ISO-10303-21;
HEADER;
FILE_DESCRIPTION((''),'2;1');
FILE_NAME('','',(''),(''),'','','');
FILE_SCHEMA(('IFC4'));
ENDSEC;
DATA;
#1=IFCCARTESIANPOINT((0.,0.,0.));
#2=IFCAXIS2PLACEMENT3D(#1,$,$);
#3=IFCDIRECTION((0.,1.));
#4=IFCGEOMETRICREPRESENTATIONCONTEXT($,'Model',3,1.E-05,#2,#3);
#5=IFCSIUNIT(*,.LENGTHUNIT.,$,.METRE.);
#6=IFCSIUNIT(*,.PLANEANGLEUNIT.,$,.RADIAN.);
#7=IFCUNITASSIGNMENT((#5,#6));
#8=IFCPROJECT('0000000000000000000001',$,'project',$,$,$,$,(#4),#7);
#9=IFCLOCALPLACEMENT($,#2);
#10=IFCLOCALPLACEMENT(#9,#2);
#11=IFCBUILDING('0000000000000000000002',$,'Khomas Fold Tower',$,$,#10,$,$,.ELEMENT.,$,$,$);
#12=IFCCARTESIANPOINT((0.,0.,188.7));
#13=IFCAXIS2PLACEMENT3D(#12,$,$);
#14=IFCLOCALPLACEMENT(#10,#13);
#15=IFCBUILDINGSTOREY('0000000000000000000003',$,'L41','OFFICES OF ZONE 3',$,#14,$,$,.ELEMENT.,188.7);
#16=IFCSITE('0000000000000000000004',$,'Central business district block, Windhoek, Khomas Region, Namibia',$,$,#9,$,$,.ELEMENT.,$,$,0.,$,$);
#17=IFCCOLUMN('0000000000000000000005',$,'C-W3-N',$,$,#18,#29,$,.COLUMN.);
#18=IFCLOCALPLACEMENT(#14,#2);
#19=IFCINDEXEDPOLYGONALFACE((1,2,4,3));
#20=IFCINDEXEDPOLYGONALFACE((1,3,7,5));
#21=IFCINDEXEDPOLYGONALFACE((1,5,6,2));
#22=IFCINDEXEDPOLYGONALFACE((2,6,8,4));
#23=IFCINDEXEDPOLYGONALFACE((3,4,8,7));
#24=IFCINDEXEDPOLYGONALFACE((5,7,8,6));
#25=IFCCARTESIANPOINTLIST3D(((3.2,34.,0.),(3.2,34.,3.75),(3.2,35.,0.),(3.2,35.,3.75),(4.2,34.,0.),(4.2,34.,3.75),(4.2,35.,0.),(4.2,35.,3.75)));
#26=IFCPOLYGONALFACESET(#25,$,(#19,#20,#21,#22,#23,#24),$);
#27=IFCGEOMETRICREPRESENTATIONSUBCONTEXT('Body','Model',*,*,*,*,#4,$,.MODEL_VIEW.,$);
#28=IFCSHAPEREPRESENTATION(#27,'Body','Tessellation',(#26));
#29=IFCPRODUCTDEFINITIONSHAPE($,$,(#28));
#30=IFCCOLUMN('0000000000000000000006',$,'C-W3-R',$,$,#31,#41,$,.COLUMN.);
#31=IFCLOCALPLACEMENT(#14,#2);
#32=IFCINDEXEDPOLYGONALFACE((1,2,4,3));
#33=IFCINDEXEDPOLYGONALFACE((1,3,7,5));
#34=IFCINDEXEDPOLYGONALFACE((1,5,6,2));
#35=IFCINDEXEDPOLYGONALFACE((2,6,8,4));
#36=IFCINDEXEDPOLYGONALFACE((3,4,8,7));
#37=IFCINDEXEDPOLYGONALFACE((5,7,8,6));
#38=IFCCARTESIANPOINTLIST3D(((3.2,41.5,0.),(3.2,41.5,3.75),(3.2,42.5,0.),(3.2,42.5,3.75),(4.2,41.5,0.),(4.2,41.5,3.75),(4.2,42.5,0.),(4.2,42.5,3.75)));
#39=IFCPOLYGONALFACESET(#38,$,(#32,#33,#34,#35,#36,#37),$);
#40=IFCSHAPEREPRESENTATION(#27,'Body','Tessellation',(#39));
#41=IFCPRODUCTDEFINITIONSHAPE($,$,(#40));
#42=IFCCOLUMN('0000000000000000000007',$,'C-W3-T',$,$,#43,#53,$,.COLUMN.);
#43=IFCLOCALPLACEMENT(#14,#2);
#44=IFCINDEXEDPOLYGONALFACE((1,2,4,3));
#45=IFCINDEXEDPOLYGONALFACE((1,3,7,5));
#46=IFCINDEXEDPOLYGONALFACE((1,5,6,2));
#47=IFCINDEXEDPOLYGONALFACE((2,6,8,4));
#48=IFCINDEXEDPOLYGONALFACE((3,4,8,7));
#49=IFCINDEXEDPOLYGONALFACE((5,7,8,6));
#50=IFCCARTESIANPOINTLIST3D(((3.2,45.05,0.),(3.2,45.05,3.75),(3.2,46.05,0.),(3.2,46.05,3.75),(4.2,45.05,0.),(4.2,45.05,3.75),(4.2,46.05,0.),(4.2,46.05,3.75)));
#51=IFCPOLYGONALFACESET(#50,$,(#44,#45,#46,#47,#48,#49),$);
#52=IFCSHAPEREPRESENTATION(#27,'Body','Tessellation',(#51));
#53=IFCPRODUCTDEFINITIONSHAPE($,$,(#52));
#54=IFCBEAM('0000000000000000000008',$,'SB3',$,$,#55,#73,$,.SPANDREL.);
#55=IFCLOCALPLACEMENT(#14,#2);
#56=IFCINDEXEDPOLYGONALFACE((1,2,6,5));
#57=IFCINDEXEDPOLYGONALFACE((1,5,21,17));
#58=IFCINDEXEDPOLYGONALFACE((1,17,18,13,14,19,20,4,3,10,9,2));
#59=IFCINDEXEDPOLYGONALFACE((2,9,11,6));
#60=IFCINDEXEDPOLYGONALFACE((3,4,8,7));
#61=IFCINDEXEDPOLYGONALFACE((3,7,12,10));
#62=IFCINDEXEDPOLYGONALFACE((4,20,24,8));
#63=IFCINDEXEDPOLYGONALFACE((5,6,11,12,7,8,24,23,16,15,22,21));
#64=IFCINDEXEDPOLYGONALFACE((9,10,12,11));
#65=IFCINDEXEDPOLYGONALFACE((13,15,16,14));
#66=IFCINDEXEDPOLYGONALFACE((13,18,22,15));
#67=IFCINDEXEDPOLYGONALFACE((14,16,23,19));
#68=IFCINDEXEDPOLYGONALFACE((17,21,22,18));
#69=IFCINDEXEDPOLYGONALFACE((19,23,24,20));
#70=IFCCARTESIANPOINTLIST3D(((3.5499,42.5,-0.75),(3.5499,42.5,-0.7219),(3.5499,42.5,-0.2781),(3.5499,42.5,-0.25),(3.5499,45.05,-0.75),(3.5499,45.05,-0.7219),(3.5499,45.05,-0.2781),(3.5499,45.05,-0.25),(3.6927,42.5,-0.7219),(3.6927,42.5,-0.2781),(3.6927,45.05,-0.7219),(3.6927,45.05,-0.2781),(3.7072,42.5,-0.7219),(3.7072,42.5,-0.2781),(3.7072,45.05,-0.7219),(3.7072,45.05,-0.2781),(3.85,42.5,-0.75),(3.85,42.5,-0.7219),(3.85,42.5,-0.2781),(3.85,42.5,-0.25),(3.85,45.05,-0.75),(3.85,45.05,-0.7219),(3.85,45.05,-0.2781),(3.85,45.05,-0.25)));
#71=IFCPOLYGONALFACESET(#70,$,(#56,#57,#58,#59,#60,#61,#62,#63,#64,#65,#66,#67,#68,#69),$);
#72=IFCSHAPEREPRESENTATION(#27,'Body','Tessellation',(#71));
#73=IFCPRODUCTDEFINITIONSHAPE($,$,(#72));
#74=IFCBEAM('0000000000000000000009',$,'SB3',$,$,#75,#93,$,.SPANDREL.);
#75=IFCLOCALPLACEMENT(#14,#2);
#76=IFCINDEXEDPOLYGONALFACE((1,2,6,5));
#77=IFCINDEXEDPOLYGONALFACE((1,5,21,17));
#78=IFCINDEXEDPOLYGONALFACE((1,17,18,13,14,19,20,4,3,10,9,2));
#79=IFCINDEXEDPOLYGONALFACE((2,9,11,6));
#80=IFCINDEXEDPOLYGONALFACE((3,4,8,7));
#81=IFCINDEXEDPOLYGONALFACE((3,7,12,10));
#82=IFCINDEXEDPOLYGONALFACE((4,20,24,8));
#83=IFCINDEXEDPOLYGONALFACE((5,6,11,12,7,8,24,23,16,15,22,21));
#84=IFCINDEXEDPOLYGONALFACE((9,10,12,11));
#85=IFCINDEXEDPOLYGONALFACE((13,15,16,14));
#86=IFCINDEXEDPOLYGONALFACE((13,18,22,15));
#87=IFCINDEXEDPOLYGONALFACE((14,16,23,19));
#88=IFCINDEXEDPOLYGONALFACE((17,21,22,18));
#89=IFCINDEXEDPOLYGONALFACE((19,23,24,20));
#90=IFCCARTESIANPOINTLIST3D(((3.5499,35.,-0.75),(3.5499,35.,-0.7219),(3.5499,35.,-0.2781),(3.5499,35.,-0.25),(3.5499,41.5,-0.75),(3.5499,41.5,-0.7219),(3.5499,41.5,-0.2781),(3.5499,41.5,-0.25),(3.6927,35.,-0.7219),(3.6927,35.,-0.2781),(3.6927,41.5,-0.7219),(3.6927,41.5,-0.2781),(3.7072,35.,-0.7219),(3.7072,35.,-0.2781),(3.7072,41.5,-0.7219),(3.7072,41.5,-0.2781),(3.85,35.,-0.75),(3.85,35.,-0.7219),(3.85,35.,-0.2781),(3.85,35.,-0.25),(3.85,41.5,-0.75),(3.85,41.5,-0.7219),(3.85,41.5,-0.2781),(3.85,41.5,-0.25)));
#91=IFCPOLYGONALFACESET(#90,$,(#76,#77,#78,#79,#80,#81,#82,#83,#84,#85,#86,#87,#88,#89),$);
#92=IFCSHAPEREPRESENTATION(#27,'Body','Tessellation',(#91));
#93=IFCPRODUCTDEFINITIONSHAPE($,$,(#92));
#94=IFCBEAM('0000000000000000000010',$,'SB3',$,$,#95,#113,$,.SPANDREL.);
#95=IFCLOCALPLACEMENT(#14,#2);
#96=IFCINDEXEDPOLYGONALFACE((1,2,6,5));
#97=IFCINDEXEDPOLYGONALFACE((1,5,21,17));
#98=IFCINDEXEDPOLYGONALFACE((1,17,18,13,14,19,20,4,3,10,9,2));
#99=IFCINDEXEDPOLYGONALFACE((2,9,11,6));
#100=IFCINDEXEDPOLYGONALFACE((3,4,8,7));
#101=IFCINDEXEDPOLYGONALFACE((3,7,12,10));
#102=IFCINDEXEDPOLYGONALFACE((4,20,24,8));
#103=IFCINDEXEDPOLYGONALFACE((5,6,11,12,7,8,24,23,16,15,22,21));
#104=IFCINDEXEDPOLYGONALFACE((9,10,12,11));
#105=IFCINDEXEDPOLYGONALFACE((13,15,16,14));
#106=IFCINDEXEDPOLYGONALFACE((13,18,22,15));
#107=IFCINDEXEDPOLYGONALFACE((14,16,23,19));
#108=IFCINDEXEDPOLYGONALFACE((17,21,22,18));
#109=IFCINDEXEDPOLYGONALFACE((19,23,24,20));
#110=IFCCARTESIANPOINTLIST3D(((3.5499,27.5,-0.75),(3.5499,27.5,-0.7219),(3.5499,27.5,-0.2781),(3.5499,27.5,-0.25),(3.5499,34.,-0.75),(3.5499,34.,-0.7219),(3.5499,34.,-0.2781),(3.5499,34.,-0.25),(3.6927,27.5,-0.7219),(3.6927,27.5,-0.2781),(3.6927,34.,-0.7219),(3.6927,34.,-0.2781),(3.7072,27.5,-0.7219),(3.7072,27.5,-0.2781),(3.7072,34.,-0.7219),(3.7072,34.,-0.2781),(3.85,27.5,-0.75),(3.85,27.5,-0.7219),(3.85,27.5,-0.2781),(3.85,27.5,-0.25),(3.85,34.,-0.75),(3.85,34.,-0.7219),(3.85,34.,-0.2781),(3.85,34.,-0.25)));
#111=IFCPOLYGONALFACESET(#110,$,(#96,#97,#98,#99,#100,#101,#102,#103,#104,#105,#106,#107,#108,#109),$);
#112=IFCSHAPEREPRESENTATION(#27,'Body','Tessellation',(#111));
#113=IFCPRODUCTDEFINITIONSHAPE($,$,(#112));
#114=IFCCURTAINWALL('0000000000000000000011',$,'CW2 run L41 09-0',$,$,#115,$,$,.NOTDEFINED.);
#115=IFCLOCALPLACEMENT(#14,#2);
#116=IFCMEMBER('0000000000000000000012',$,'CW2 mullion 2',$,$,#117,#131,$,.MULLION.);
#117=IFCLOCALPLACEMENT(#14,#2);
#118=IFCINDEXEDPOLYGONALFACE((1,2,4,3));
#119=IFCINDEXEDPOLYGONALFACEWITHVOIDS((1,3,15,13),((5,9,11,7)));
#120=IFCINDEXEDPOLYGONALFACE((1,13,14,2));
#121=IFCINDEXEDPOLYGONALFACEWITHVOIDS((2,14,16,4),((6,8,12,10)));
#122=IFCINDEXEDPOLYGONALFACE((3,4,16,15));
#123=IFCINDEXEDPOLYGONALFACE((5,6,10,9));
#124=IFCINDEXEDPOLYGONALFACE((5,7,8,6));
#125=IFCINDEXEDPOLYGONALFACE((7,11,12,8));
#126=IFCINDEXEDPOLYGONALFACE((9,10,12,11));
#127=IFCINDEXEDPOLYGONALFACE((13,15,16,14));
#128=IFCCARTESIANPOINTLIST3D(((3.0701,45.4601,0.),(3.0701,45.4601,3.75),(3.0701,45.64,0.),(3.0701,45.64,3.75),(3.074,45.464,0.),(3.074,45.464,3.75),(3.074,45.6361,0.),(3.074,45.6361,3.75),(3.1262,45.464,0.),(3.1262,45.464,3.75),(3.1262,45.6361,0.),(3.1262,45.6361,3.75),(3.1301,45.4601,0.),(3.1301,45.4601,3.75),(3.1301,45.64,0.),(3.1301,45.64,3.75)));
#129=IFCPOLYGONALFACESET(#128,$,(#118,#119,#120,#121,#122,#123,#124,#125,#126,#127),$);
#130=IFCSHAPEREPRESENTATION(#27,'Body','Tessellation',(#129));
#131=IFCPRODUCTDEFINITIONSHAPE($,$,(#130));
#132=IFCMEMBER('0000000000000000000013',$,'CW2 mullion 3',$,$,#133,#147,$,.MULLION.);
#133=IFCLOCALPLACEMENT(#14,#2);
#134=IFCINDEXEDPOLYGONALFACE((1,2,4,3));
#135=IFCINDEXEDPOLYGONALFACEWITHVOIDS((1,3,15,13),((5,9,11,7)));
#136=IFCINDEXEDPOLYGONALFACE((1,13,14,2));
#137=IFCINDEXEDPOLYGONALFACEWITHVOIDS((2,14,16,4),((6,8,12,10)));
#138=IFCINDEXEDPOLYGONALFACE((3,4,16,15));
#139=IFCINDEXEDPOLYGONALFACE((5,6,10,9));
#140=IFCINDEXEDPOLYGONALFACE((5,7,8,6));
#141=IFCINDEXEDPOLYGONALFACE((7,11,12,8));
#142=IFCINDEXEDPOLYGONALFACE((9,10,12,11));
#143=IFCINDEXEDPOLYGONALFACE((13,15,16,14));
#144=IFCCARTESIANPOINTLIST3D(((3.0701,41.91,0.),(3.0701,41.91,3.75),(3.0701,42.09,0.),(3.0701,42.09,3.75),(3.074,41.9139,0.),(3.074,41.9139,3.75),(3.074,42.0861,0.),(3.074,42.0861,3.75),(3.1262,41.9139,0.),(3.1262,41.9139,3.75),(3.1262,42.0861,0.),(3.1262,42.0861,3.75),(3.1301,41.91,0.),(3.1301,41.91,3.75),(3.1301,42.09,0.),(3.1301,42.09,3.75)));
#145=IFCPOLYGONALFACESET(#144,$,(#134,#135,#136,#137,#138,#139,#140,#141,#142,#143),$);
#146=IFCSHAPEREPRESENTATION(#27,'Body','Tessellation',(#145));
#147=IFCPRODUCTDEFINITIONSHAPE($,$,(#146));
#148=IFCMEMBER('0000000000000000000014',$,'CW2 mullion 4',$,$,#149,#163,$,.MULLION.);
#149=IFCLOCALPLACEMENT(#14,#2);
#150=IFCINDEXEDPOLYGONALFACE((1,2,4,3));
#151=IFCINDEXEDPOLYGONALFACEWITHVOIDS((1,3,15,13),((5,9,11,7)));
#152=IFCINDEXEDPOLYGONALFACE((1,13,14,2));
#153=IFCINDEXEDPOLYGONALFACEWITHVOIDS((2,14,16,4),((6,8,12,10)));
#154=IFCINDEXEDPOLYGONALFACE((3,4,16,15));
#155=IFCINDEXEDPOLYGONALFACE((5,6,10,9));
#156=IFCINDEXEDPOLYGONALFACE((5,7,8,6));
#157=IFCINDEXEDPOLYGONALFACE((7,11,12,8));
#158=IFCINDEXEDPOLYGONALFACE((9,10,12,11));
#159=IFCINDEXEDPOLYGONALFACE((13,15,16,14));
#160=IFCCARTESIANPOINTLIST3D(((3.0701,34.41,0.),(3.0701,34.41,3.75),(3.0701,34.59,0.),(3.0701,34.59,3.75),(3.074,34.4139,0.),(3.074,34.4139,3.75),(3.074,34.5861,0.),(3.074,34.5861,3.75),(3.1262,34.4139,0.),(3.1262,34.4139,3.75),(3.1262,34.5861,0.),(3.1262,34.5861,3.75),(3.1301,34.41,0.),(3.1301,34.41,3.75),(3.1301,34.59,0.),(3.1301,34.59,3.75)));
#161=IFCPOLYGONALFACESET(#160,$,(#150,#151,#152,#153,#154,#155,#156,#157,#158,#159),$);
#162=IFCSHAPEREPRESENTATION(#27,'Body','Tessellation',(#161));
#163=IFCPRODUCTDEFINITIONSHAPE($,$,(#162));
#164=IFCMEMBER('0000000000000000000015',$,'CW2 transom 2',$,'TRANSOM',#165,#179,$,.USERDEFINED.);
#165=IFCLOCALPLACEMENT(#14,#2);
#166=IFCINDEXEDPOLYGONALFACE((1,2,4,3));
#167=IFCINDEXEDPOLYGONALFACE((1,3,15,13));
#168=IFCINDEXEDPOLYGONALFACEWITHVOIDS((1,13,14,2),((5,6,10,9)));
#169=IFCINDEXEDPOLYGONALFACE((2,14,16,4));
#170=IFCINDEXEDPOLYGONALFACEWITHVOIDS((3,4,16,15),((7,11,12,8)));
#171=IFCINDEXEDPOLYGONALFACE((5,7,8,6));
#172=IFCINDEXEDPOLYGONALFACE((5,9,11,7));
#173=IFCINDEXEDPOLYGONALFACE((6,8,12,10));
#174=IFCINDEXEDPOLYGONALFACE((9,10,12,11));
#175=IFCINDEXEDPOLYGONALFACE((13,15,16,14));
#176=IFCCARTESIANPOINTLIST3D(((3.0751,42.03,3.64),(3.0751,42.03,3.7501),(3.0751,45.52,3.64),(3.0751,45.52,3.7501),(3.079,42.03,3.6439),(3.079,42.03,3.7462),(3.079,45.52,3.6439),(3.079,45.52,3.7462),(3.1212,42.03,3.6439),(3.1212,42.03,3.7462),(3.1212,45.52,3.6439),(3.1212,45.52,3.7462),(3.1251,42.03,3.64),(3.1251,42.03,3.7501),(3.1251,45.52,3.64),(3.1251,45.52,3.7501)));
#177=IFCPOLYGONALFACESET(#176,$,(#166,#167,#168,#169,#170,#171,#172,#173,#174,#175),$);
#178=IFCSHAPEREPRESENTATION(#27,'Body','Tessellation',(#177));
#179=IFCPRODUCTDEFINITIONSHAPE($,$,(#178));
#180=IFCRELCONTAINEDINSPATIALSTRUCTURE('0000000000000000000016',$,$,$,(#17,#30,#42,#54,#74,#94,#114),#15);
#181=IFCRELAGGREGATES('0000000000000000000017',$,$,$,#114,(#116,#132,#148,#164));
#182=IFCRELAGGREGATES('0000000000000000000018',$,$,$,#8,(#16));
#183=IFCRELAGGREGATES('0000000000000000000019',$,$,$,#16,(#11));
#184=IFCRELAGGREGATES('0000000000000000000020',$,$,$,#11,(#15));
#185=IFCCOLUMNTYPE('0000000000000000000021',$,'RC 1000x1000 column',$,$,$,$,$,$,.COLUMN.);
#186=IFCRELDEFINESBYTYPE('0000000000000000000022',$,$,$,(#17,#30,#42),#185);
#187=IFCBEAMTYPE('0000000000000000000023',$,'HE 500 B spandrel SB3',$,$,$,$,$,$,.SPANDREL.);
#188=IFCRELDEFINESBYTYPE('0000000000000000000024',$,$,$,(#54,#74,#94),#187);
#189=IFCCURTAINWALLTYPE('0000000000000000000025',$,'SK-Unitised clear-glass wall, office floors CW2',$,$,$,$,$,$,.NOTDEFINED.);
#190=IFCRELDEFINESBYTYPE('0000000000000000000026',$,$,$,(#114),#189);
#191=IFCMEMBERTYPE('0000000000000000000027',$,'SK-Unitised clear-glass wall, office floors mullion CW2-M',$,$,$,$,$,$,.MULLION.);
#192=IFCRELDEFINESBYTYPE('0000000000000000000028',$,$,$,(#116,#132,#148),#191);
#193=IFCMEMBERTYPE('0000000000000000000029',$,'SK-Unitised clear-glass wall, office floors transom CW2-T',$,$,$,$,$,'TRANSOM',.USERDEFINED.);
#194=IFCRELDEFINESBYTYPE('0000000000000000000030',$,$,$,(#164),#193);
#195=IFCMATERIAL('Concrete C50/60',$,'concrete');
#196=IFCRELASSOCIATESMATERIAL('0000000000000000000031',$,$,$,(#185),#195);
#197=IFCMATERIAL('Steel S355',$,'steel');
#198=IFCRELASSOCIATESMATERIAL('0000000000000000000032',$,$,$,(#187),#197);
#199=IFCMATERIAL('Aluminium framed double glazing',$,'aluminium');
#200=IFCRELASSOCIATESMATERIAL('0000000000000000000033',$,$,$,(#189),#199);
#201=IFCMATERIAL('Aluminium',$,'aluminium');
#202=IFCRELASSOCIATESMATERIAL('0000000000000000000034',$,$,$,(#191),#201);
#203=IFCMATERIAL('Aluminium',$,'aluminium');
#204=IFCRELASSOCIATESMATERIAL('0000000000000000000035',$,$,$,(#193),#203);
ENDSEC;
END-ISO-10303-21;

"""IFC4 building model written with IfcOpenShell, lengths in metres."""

from ifc_helpers import new_model, si_unit, direction, frame, origin, origin_2d, place, context, subcontext, project, spatial, rectangle, hollow_rectangle, i_section, extrude, source, transform, mapped, material, material_profile, profile_set, type_object, element, aggregate, save


model = new_model("IFC4")

# Units and contexts
model_context = context("Model", 3, precision=1e-05, world=origin(), true_north=direction((0.0, 1.0)))
body_context = subcontext(model_context, "Body", "Model", "MODEL_VIEW")
ifc_project = project(units=[si_unit("LENGTHUNIT", "METRE"), si_unit("PLANEANGLEUNIT", "RADIAN")], contexts=[model_context])

# Site, building, storey
site_placement = place(None, origin())
site = spatial("IfcSite", under=ifc_project, at=site_placement, Name="Central business district block, Windhoek, Khomas Region, Namibia", CompositionType="ELEMENT", RefElevation=0.0)
building_placement = place(site_placement, origin())
building = spatial("IfcBuilding", under=site, at=building_placement, Name="Khomas Fold Tower", CompositionType="ELEMENT")
storey_placement = place(building_placement, frame((0.0, 0.0, 188.7)))
storey = spatial("IfcBuildingStorey", under=building, at=storey_placement, Name="L41", Description="OFFICES OF ZONE 3", CompositionType="ELEMENT", Elevation=188.7)

# Columns
ifc_material_1 = material(Name="Concrete C50/60", Category="concrete")
ifc_material_profile_1 = material_profile(ifc_material_1, rectangle(XDim=1.0, YDim=1.0, at=origin_2d()), Name="RC 1000x1000")
ifc_profile_set_1 = profile_set([ifc_material_profile_1], Name="Concrete C50/60")
column_type = type_object("IfcColumnType", Name="RC 1000x1000 column", PredefinedType="COLUMN", material=ifc_profile_set_1)
shared_shape_1 = source(origin(), body_context, "Body", "SweptSolid", [
    extrude(rectangle(XDim=1.0, YDim=1.0, at=origin_2d()), origin(), (0.0, 0.0, 1.0), 3.75),
])
for number, where, z_axis, x_axis, name in (
    (1, (3.7, 34.5, 0.0), (0.0, 0.0, 1.0), (1.0, 0.0, 0.0), "C-W3-N"),
    (2, (3.7, 42.0, 0.0), (0.0, 0.0, 1.0), (1.0, 0.0, 0.0), "C-W3-R"),
    (3, (3.7, 45.55, 0.0), (0.0, 0.0, 1.0), (1.0, 0.0, 0.0), "C-W3-T"),
):
    element("IfcColumn", number, at=place(storey_placement, frame(where, z_axis=z_axis, x_axis=x_axis)), inside=storey, type_object=column_type, Name=name, PredefinedType="COLUMN", context=body_context, shape_type="MappedRepresentation", body=[
        mapped(shared_shape_1, transform((0.0, 0.0, 0.0))),
    ])

# Beams
ifc_material_2 = material(Name="Steel S355", Category="steel")
ifc_material_profile_2 = material_profile(ifc_material_2, i_section(OverallWidth=0.3, OverallDepth=0.5, WebThickness=0.0144, FlangeThickness=0.0281, at=origin_2d()), Name="HE 500 B")
ifc_profile_set_2 = profile_set([ifc_material_profile_2], Name="Steel S355")
beam_type = type_object("IfcBeamType", Name="HE 500 B spandrel SB3", PredefinedType="SPANDREL", material=ifc_profile_set_2)
shared_shape_2 = source(origin(), body_context, "Body", "SweptSolid", [
    extrude(i_section(OverallWidth=0.3, OverallDepth=0.5, WebThickness=0.0144, FlangeThickness=0.0281, at=origin_2d()), origin(), (0.0, 0.0, 1.0), 2.55),
])
beam_placement = place(storey_placement, frame((3.7, 42.5, -0.5), z_axis=(0.0, 1.0, 0.0), x_axis=(-1.0, 0.0, 0.0)))
element("IfcBeam", 4, at=beam_placement, inside=storey, type_object=beam_type, Name="SB3", PredefinedType="SPANDREL", context=body_context, shape_type="MappedRepresentation", body=[
    mapped(shared_shape_2, transform((0.0, 0.0, 0.0))),
])
shared_shape_3 = source(origin(), body_context, "Body", "SweptSolid", [
    extrude(i_section(OverallWidth=0.3, OverallDepth=0.5, WebThickness=0.0144, FlangeThickness=0.0281, at=origin_2d()), origin(), (0.0, 0.0, 1.0), 6.5),
])
for number, where, z_axis, x_axis, name in (
    (5, (3.7, 35.0, -0.5), (0.0, 1.0, 0.0), (-1.0, 0.0, 0.0), "SB3"),
    (6, (3.7, 27.5, -0.5), (0.0, 1.0, 0.0), (-1.0, 0.0, 0.0), "SB3"),
):
    element("IfcBeam", number, at=place(storey_placement, frame(where, z_axis=z_axis, x_axis=x_axis)), inside=storey, type_object=beam_type, Name=name, PredefinedType="SPANDREL", context=body_context, shape_type="MappedRepresentation", body=[
        mapped(shared_shape_3, transform((0.0, 0.0, 0.0))),
    ])

# Curtain wall, members
ifc_material_3 = material(Name="Aluminium framed double glazing", Category="aluminium")
curtain_wall_type = type_object("IfcCurtainWallType", Name="SK-Unitised clear-glass wall, office floors CW2", PredefinedType="NOTDEFINED", material=ifc_material_3)
curtain_wall_placement = place(storey_placement, origin())
curtain_wall = element("IfcCurtainWall", 7, at=curtain_wall_placement, inside=storey, type_object=curtain_wall_type, Name="CW2 run L41 09-0", PredefinedType="NOTDEFINED")
ifc_material_4 = material(Name="Aluminium", Category="aluminium")
ifc_material_profile_3 = material_profile(ifc_material_4, hollow_rectangle(XDim=0.0601, YDim=0.1799, WallThickness=0.0039, at=origin_2d()), Name="SK-Unitised clear-glass wall, office floors mullion CW2-M")
ifc_profile_set_3 = profile_set([ifc_material_profile_3], Name="Aluminium")
member_type_1 = type_object("IfcMemberType", Name="SK-Unitised clear-glass wall, office floors mullion CW2-M", PredefinedType="MULLION", material=ifc_profile_set_3)
shared_shape_4 = source(origin(), body_context, "Body", "SweptSolid", [
    extrude(hollow_rectangle(XDim=0.0601, YDim=0.1799, WallThickness=0.0039, at=origin_2d()), origin(), (0.0, 0.0, 1.0), 3.75),
])
member_1_placement = place(storey_placement, frame((3.1001, 45.55, 0.0), z_axis=(0.0, 0.0, 1.0), x_axis=(1.0, 0.0, 0.0)))
member_1 = element("IfcMember", 8, at=member_1_placement, type_object=member_type_1, Name="CW2 mullion 2", PredefinedType="MULLION", context=body_context, shape_type="MappedRepresentation", body=[
    mapped(shared_shape_4, transform((0.0, 0.0, 0.0))),
])
member_2_placement = place(storey_placement, frame((3.1001, 42.0, 0.0), z_axis=(0.0, 0.0, 1.0), x_axis=(1.0, 0.0, 0.0)))
member_2 = element("IfcMember", 9, at=member_2_placement, type_object=member_type_1, Name="CW2 mullion 3", PredefinedType="MULLION", context=body_context, shape_type="MappedRepresentation", body=[
    mapped(shared_shape_4, transform((0.0, 0.0, 0.0))),
])
member_3_placement = place(storey_placement, frame((3.1001, 34.5, 0.0), z_axis=(0.0, 0.0, 1.0), x_axis=(1.0, 0.0, 0.0)))
member_3 = element("IfcMember", 10, at=member_3_placement, type_object=member_type_1, Name="CW2 mullion 4", PredefinedType="MULLION", context=body_context, shape_type="MappedRepresentation", body=[
    mapped(shared_shape_4, transform((0.0, 0.0, 0.0))),
])
ifc_material_5 = material(Name="Aluminium", Category="aluminium")
ifc_material_profile_4 = material_profile(ifc_material_5, hollow_rectangle(XDim=0.05, YDim=0.1101, WallThickness=0.0039, at=origin_2d()), Name="SK-Unitised clear-glass wall, office floors transom CW2-T")
ifc_profile_set_4 = profile_set([ifc_material_profile_4], Name="Aluminium")
member_type_2 = type_object("IfcMemberType", Name="SK-Unitised clear-glass wall, office floors transom CW2-T", ElementType="TRANSOM", PredefinedType="USERDEFINED", material=ifc_profile_set_4)
shared_shape_5 = source(origin(), body_context, "Body", "SweptSolid", [
    extrude(hollow_rectangle(XDim=0.05, YDim=0.1101, WallThickness=0.0039, at=origin_2d()), origin(), (0.0, 0.0, 1.0), 3.49),
])
member_4_placement = place(storey_placement, frame((3.1001, 45.52, 3.6951), z_axis=(0.0, -1.0, 0.0), x_axis=(1.0, 0.0, 0.0)))
member_4 = element("IfcMember", 11, at=member_4_placement, type_object=member_type_2, Name="CW2 transom 2", ObjectType="TRANSOM", PredefinedType="USERDEFINED", context=body_context, shape_type="MappedRepresentation", body=[
    mapped(shared_shape_5, transform((0.0, 0.0, 0.0))),
])

aggregate(curtain_wall, [member_1, member_2, member_3, member_4])

save(model, "model.ifc")
